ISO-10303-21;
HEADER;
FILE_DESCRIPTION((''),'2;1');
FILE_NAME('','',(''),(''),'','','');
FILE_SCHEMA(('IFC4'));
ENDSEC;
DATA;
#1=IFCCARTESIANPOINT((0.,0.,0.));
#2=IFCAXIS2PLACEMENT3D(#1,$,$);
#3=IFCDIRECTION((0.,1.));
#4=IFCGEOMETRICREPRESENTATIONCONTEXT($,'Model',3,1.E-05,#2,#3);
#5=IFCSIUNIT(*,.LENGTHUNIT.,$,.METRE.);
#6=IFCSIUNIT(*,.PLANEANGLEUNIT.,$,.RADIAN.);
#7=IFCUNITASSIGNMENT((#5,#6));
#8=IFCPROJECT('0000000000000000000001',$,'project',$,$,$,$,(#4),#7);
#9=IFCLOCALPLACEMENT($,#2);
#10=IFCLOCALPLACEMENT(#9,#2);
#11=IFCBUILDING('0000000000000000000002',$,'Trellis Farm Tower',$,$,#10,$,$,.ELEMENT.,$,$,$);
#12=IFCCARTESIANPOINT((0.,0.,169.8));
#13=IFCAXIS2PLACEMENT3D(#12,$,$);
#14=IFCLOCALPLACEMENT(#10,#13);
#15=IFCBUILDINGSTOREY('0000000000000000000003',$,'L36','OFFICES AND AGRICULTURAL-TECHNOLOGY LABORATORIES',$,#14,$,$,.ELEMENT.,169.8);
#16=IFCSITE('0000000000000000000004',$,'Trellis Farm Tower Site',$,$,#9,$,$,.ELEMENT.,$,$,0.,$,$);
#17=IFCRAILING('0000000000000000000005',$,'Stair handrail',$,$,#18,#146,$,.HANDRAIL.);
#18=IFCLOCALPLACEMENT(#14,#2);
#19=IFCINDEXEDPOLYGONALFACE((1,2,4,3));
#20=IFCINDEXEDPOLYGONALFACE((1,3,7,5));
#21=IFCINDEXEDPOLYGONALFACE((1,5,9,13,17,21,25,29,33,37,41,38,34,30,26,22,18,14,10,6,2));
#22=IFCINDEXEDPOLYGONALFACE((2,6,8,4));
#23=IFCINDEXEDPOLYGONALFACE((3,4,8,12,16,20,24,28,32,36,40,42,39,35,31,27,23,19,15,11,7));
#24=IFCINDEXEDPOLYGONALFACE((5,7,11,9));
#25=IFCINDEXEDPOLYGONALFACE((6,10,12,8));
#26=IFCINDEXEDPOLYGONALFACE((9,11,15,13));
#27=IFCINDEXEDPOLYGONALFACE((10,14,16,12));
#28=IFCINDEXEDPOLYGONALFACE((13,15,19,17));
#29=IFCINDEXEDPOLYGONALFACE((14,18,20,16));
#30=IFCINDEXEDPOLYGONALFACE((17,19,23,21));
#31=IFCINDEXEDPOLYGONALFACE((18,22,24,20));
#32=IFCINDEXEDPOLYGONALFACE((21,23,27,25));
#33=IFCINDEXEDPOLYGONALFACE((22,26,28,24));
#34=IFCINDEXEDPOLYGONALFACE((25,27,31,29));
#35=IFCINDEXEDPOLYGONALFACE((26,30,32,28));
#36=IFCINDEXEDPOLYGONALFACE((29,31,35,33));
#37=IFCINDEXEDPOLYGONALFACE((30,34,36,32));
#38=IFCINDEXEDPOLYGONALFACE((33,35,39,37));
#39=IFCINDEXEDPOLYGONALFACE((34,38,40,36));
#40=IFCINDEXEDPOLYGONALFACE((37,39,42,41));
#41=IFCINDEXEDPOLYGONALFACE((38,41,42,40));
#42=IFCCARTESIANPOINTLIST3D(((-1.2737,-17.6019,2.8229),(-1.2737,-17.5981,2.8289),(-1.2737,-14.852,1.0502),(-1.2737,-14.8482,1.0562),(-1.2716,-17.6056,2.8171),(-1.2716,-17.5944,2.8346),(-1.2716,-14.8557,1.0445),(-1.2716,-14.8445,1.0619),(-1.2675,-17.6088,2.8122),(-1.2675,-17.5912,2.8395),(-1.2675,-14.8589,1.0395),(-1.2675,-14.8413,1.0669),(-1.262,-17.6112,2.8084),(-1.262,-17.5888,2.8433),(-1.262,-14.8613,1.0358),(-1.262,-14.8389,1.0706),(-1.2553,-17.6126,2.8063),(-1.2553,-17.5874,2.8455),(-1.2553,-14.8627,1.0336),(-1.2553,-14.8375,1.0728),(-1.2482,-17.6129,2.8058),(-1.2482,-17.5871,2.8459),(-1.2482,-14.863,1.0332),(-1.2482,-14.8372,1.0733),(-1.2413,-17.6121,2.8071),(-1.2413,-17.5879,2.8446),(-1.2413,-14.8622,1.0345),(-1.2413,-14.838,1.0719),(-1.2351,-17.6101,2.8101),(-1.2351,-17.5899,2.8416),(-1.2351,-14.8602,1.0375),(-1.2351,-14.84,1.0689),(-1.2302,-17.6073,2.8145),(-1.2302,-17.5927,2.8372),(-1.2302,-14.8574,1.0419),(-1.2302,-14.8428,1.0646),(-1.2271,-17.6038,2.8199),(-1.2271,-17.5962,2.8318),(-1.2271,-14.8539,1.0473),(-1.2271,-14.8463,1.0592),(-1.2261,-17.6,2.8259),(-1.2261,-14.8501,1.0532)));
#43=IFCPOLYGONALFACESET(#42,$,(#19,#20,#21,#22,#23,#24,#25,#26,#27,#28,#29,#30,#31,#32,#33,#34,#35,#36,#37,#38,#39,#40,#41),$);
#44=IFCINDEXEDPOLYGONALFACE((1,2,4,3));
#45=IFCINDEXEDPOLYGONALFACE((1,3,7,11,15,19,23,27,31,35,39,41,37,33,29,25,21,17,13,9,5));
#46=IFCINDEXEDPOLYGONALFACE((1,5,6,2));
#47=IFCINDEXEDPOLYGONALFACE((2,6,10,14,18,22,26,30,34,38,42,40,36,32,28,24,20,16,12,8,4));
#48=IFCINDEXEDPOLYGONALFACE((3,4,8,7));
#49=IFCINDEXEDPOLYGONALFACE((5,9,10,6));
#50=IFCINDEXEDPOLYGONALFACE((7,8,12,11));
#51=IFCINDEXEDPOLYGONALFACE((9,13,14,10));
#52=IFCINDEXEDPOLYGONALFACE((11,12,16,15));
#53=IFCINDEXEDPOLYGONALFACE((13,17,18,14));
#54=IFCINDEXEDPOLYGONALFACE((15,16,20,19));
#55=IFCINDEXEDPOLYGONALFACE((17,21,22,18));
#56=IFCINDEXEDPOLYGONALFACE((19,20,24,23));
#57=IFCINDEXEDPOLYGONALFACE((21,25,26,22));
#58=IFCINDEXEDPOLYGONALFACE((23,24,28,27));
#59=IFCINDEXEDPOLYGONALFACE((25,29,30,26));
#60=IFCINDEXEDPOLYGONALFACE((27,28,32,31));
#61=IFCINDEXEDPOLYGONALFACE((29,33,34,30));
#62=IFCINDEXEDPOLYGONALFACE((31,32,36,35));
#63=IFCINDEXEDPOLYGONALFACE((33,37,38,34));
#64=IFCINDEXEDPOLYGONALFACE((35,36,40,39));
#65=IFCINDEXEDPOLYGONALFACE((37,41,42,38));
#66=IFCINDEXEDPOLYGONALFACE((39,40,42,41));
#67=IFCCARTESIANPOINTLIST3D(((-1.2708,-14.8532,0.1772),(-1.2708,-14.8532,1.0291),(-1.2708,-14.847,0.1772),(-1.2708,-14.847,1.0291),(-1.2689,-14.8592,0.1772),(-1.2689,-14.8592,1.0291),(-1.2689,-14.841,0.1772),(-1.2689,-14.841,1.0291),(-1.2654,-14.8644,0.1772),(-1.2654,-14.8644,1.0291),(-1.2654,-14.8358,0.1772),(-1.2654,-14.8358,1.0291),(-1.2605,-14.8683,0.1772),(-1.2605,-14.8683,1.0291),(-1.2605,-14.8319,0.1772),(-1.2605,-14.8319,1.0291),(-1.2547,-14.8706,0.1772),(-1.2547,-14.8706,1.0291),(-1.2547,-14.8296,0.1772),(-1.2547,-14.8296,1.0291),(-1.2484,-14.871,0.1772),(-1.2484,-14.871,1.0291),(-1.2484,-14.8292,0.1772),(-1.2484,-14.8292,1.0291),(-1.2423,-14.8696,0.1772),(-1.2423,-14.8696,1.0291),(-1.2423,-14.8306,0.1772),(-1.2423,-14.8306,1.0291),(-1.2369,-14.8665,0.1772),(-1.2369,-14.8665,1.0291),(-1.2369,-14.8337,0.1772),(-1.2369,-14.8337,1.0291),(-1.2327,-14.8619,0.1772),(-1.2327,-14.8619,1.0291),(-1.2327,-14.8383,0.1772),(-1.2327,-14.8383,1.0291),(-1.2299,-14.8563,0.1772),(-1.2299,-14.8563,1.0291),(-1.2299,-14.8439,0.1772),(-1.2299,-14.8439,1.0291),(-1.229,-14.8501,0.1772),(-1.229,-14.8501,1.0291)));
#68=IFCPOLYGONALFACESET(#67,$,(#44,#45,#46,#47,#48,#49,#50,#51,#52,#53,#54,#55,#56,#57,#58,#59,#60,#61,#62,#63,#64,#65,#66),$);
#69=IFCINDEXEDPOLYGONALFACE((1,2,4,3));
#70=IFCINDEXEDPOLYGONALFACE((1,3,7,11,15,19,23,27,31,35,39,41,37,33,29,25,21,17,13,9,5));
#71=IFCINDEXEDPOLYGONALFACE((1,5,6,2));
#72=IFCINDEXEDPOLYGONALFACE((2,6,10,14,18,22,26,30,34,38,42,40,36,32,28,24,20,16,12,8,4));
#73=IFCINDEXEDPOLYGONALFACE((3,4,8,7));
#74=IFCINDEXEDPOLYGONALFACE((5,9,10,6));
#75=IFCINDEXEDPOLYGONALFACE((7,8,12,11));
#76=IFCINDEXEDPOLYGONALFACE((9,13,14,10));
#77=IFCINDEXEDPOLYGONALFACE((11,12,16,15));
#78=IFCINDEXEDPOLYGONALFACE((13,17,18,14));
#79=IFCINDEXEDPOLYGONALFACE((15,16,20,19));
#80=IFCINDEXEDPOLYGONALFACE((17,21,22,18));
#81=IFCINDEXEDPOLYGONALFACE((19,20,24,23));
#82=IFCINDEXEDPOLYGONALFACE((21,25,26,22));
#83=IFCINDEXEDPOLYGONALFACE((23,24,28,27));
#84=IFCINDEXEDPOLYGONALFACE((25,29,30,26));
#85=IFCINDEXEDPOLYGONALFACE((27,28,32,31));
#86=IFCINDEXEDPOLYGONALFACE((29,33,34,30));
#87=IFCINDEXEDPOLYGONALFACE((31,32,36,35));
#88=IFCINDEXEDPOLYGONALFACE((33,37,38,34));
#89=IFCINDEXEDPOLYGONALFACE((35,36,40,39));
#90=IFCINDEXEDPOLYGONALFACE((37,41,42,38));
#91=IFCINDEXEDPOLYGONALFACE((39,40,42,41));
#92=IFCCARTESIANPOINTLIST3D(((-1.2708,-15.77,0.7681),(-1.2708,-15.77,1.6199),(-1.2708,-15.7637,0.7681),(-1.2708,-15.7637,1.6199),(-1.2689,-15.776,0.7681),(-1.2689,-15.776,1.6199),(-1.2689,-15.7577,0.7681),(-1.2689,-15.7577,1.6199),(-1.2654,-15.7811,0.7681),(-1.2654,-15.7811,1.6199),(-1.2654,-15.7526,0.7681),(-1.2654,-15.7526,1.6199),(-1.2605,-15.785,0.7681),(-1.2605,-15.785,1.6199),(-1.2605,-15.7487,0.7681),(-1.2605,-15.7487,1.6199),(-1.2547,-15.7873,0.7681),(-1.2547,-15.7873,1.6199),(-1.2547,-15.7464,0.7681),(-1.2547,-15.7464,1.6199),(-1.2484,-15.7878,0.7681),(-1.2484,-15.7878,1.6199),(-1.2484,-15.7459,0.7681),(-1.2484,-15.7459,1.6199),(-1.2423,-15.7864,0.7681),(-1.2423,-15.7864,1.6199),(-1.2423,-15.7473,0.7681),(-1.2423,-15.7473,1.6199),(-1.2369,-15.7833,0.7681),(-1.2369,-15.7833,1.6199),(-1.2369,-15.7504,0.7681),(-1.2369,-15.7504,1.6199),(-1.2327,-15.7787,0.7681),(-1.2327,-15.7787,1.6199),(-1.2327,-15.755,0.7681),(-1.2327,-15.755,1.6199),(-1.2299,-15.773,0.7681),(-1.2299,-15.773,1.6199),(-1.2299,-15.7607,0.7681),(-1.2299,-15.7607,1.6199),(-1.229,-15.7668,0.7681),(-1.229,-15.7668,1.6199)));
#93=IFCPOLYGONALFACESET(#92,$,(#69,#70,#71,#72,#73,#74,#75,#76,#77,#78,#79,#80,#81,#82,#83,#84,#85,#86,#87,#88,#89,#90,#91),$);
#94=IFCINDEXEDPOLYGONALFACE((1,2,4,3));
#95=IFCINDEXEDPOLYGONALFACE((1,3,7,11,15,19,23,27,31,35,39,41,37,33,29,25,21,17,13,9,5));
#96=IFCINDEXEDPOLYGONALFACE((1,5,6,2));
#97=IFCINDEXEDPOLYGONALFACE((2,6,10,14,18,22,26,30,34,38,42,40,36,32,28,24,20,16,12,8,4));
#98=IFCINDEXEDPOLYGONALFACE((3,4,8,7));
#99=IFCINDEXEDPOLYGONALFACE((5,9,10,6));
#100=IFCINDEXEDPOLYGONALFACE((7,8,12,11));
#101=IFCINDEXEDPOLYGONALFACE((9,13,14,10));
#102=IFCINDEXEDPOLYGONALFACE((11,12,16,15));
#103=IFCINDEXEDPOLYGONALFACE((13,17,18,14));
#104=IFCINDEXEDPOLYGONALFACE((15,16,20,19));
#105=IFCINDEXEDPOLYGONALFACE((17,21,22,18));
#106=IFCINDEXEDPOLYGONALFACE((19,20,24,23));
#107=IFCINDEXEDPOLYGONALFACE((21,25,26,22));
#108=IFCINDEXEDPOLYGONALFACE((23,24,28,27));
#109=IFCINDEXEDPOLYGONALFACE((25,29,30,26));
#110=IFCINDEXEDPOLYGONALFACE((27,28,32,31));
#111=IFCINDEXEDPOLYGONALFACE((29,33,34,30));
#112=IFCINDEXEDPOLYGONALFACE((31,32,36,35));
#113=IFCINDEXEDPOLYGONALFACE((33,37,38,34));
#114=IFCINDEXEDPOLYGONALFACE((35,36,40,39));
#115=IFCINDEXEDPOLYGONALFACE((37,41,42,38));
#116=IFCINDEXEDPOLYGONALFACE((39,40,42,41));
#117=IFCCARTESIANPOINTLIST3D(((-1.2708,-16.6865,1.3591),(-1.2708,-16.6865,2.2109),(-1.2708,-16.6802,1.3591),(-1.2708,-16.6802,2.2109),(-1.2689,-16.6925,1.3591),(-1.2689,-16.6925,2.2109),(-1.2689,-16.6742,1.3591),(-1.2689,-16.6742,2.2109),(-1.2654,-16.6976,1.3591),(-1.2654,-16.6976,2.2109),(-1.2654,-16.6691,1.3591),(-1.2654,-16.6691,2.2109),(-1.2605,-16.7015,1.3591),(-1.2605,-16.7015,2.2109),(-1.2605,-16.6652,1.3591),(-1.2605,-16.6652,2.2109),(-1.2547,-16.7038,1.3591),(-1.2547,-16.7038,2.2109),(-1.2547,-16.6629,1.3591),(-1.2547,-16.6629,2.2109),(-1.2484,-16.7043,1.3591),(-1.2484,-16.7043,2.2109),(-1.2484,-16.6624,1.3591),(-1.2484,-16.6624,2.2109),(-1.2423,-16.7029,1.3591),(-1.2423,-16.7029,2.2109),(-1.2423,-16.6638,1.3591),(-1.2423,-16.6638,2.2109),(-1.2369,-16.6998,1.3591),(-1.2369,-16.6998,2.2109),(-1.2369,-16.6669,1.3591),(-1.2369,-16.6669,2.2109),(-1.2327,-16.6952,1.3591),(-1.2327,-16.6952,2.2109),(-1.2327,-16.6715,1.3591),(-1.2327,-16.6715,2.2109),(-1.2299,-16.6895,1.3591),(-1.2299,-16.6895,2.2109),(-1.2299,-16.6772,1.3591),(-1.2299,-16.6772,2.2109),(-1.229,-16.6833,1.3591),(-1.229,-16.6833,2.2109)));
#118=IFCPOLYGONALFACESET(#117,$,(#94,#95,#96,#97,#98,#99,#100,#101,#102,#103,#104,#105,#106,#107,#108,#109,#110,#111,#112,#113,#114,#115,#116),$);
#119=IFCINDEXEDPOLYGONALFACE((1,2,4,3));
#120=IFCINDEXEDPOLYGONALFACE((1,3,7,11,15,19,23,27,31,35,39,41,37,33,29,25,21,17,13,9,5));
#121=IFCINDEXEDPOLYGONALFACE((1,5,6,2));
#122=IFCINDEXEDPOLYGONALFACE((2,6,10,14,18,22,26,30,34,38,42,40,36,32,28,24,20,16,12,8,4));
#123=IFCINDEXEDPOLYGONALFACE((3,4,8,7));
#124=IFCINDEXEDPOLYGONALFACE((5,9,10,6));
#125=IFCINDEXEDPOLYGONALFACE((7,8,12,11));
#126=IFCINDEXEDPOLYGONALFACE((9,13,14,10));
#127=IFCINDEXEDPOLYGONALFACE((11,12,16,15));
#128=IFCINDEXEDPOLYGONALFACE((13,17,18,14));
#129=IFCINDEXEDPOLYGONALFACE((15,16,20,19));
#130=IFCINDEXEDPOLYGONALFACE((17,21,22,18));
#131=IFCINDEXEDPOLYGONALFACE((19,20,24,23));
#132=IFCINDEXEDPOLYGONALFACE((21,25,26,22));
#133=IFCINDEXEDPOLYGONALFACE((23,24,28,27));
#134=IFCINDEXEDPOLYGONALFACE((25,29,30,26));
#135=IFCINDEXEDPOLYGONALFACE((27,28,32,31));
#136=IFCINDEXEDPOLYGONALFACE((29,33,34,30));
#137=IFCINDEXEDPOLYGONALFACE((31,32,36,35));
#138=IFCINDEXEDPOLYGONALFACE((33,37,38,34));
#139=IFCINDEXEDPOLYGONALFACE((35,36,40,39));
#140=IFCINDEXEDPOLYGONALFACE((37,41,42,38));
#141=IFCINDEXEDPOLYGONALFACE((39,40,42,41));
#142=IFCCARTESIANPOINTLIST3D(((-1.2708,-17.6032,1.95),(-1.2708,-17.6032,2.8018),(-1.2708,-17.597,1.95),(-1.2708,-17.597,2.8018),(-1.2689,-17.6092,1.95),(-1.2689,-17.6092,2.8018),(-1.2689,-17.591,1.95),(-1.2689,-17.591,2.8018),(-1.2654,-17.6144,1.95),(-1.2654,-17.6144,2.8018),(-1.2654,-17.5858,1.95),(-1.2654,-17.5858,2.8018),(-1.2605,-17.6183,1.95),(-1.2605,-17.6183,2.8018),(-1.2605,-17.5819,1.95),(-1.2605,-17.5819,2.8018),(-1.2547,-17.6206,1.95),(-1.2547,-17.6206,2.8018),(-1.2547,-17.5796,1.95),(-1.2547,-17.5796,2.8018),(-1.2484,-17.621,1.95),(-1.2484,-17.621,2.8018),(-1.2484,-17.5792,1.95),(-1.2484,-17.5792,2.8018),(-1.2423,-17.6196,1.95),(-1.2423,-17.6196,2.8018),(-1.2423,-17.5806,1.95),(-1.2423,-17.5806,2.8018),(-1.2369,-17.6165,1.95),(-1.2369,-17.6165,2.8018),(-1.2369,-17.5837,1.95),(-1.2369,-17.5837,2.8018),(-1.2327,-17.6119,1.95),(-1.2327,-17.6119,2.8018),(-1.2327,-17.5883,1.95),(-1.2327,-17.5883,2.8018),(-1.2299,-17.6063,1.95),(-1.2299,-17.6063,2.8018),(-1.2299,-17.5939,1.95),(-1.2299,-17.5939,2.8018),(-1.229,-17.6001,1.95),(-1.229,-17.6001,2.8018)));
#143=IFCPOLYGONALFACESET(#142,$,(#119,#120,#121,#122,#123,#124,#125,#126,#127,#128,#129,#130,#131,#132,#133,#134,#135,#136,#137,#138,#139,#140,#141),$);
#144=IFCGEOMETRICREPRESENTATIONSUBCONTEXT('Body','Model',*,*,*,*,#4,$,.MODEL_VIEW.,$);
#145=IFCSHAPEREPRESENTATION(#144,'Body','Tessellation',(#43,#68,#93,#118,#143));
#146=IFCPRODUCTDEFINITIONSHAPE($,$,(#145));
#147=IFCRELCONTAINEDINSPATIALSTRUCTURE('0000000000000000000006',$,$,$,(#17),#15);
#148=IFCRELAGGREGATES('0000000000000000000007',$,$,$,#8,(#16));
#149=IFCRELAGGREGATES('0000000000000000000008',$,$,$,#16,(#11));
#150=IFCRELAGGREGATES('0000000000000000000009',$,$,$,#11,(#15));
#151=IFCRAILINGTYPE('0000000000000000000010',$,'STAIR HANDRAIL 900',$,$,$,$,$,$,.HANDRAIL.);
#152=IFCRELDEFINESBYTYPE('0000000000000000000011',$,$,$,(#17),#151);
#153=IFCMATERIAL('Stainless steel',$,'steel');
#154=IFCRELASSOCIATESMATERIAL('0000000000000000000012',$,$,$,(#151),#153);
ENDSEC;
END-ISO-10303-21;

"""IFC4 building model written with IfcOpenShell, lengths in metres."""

from ifc_helpers import new_model, si_unit, direction, frame, origin, origin_2d, place, context, subcontext, project, spatial, circle, extrude, source, transform, mapped, material, type_object, element, save


model = new_model("IFC4")

# Units and contexts
model_context = context("Model", 3, precision=1e-05, world=origin(), true_north=direction((0.0, 1.0)))
body_context = subcontext(model_context, "Body", "Model", "MODEL_VIEW")
ifc_project = project(units=[si_unit("LENGTHUNIT", "METRE"), si_unit("PLANEANGLEUNIT", "RADIAN")], contexts=[model_context])

# Site, building, storey
site_placement = place(None, origin())
site = spatial("IfcSite", under=ifc_project, at=site_placement, Name="Trellis Farm Tower Site", CompositionType="ELEMENT", RefElevation=0.0)
building_placement = place(site_placement, origin())
building = spatial("IfcBuilding", under=site, at=building_placement, Name="Trellis Farm Tower", CompositionType="ELEMENT")
storey_placement = place(building_placement, frame((0.0, 0.0, 169.8)))
storey = spatial("IfcBuildingStorey", under=building, at=storey_placement, Name="L36", Description="OFFICES AND AGRICULTURAL-TECHNOLOGY LABORATORIES", CompositionType="ELEMENT", Elevation=169.8)

# Railing
ifc_material_1 = material(Name="Stainless steel", Category="steel")
railing_type = type_object("IfcRailingType", Name="STAIR HANDRAIL 900", PredefinedType="HANDRAIL", material=ifc_material_1)
shared_shape_1 = source(origin(), body_context, "Body", "SweptSolid", [
    extrude(circle(Radius=0.0239, at=origin_2d()), frame((0.0, 0.0, 0.876), z_axis=(0.0, -0.840504, 0.541806), x_axis=(1.0, 0.0, 0.0)), (0.0, 0.0, 1.0), 3.2717),
    extrude(circle(Radius=0.021, at=origin_2d()), origin(), (0.0, 0.0, 1.0), 0.8518),
    extrude(circle(Radius=0.021, at=origin_2d()), frame((0.0, -0.9167, 0.5908)), (0.0, 0.0, 1.0), 0.8518),
    extrude(circle(Radius=0.021, at=origin_2d()), frame((0.0, -1.8333, 1.1819)), (0.0, 0.0, 1.0), 0.8518),
    extrude(circle(Radius=0.021, at=origin_2d()), frame((0.0, -2.75, 1.7727)), (0.0, 0.0, 1.0), 0.8518),
])
railing_placement = place(storey_placement, frame((-1.25, -14.8501, 0.1772)))
element("IfcRailing", 1, at=railing_placement, inside=storey, type_object=railing_type, Name="Stair handrail", PredefinedType="HANDRAIL", context=body_context, shape_type="MappedRepresentation", body=[
    mapped(shared_shape_1, transform((0.0, 0.0, 0.0))),
])

save(model, "model.ifc")
